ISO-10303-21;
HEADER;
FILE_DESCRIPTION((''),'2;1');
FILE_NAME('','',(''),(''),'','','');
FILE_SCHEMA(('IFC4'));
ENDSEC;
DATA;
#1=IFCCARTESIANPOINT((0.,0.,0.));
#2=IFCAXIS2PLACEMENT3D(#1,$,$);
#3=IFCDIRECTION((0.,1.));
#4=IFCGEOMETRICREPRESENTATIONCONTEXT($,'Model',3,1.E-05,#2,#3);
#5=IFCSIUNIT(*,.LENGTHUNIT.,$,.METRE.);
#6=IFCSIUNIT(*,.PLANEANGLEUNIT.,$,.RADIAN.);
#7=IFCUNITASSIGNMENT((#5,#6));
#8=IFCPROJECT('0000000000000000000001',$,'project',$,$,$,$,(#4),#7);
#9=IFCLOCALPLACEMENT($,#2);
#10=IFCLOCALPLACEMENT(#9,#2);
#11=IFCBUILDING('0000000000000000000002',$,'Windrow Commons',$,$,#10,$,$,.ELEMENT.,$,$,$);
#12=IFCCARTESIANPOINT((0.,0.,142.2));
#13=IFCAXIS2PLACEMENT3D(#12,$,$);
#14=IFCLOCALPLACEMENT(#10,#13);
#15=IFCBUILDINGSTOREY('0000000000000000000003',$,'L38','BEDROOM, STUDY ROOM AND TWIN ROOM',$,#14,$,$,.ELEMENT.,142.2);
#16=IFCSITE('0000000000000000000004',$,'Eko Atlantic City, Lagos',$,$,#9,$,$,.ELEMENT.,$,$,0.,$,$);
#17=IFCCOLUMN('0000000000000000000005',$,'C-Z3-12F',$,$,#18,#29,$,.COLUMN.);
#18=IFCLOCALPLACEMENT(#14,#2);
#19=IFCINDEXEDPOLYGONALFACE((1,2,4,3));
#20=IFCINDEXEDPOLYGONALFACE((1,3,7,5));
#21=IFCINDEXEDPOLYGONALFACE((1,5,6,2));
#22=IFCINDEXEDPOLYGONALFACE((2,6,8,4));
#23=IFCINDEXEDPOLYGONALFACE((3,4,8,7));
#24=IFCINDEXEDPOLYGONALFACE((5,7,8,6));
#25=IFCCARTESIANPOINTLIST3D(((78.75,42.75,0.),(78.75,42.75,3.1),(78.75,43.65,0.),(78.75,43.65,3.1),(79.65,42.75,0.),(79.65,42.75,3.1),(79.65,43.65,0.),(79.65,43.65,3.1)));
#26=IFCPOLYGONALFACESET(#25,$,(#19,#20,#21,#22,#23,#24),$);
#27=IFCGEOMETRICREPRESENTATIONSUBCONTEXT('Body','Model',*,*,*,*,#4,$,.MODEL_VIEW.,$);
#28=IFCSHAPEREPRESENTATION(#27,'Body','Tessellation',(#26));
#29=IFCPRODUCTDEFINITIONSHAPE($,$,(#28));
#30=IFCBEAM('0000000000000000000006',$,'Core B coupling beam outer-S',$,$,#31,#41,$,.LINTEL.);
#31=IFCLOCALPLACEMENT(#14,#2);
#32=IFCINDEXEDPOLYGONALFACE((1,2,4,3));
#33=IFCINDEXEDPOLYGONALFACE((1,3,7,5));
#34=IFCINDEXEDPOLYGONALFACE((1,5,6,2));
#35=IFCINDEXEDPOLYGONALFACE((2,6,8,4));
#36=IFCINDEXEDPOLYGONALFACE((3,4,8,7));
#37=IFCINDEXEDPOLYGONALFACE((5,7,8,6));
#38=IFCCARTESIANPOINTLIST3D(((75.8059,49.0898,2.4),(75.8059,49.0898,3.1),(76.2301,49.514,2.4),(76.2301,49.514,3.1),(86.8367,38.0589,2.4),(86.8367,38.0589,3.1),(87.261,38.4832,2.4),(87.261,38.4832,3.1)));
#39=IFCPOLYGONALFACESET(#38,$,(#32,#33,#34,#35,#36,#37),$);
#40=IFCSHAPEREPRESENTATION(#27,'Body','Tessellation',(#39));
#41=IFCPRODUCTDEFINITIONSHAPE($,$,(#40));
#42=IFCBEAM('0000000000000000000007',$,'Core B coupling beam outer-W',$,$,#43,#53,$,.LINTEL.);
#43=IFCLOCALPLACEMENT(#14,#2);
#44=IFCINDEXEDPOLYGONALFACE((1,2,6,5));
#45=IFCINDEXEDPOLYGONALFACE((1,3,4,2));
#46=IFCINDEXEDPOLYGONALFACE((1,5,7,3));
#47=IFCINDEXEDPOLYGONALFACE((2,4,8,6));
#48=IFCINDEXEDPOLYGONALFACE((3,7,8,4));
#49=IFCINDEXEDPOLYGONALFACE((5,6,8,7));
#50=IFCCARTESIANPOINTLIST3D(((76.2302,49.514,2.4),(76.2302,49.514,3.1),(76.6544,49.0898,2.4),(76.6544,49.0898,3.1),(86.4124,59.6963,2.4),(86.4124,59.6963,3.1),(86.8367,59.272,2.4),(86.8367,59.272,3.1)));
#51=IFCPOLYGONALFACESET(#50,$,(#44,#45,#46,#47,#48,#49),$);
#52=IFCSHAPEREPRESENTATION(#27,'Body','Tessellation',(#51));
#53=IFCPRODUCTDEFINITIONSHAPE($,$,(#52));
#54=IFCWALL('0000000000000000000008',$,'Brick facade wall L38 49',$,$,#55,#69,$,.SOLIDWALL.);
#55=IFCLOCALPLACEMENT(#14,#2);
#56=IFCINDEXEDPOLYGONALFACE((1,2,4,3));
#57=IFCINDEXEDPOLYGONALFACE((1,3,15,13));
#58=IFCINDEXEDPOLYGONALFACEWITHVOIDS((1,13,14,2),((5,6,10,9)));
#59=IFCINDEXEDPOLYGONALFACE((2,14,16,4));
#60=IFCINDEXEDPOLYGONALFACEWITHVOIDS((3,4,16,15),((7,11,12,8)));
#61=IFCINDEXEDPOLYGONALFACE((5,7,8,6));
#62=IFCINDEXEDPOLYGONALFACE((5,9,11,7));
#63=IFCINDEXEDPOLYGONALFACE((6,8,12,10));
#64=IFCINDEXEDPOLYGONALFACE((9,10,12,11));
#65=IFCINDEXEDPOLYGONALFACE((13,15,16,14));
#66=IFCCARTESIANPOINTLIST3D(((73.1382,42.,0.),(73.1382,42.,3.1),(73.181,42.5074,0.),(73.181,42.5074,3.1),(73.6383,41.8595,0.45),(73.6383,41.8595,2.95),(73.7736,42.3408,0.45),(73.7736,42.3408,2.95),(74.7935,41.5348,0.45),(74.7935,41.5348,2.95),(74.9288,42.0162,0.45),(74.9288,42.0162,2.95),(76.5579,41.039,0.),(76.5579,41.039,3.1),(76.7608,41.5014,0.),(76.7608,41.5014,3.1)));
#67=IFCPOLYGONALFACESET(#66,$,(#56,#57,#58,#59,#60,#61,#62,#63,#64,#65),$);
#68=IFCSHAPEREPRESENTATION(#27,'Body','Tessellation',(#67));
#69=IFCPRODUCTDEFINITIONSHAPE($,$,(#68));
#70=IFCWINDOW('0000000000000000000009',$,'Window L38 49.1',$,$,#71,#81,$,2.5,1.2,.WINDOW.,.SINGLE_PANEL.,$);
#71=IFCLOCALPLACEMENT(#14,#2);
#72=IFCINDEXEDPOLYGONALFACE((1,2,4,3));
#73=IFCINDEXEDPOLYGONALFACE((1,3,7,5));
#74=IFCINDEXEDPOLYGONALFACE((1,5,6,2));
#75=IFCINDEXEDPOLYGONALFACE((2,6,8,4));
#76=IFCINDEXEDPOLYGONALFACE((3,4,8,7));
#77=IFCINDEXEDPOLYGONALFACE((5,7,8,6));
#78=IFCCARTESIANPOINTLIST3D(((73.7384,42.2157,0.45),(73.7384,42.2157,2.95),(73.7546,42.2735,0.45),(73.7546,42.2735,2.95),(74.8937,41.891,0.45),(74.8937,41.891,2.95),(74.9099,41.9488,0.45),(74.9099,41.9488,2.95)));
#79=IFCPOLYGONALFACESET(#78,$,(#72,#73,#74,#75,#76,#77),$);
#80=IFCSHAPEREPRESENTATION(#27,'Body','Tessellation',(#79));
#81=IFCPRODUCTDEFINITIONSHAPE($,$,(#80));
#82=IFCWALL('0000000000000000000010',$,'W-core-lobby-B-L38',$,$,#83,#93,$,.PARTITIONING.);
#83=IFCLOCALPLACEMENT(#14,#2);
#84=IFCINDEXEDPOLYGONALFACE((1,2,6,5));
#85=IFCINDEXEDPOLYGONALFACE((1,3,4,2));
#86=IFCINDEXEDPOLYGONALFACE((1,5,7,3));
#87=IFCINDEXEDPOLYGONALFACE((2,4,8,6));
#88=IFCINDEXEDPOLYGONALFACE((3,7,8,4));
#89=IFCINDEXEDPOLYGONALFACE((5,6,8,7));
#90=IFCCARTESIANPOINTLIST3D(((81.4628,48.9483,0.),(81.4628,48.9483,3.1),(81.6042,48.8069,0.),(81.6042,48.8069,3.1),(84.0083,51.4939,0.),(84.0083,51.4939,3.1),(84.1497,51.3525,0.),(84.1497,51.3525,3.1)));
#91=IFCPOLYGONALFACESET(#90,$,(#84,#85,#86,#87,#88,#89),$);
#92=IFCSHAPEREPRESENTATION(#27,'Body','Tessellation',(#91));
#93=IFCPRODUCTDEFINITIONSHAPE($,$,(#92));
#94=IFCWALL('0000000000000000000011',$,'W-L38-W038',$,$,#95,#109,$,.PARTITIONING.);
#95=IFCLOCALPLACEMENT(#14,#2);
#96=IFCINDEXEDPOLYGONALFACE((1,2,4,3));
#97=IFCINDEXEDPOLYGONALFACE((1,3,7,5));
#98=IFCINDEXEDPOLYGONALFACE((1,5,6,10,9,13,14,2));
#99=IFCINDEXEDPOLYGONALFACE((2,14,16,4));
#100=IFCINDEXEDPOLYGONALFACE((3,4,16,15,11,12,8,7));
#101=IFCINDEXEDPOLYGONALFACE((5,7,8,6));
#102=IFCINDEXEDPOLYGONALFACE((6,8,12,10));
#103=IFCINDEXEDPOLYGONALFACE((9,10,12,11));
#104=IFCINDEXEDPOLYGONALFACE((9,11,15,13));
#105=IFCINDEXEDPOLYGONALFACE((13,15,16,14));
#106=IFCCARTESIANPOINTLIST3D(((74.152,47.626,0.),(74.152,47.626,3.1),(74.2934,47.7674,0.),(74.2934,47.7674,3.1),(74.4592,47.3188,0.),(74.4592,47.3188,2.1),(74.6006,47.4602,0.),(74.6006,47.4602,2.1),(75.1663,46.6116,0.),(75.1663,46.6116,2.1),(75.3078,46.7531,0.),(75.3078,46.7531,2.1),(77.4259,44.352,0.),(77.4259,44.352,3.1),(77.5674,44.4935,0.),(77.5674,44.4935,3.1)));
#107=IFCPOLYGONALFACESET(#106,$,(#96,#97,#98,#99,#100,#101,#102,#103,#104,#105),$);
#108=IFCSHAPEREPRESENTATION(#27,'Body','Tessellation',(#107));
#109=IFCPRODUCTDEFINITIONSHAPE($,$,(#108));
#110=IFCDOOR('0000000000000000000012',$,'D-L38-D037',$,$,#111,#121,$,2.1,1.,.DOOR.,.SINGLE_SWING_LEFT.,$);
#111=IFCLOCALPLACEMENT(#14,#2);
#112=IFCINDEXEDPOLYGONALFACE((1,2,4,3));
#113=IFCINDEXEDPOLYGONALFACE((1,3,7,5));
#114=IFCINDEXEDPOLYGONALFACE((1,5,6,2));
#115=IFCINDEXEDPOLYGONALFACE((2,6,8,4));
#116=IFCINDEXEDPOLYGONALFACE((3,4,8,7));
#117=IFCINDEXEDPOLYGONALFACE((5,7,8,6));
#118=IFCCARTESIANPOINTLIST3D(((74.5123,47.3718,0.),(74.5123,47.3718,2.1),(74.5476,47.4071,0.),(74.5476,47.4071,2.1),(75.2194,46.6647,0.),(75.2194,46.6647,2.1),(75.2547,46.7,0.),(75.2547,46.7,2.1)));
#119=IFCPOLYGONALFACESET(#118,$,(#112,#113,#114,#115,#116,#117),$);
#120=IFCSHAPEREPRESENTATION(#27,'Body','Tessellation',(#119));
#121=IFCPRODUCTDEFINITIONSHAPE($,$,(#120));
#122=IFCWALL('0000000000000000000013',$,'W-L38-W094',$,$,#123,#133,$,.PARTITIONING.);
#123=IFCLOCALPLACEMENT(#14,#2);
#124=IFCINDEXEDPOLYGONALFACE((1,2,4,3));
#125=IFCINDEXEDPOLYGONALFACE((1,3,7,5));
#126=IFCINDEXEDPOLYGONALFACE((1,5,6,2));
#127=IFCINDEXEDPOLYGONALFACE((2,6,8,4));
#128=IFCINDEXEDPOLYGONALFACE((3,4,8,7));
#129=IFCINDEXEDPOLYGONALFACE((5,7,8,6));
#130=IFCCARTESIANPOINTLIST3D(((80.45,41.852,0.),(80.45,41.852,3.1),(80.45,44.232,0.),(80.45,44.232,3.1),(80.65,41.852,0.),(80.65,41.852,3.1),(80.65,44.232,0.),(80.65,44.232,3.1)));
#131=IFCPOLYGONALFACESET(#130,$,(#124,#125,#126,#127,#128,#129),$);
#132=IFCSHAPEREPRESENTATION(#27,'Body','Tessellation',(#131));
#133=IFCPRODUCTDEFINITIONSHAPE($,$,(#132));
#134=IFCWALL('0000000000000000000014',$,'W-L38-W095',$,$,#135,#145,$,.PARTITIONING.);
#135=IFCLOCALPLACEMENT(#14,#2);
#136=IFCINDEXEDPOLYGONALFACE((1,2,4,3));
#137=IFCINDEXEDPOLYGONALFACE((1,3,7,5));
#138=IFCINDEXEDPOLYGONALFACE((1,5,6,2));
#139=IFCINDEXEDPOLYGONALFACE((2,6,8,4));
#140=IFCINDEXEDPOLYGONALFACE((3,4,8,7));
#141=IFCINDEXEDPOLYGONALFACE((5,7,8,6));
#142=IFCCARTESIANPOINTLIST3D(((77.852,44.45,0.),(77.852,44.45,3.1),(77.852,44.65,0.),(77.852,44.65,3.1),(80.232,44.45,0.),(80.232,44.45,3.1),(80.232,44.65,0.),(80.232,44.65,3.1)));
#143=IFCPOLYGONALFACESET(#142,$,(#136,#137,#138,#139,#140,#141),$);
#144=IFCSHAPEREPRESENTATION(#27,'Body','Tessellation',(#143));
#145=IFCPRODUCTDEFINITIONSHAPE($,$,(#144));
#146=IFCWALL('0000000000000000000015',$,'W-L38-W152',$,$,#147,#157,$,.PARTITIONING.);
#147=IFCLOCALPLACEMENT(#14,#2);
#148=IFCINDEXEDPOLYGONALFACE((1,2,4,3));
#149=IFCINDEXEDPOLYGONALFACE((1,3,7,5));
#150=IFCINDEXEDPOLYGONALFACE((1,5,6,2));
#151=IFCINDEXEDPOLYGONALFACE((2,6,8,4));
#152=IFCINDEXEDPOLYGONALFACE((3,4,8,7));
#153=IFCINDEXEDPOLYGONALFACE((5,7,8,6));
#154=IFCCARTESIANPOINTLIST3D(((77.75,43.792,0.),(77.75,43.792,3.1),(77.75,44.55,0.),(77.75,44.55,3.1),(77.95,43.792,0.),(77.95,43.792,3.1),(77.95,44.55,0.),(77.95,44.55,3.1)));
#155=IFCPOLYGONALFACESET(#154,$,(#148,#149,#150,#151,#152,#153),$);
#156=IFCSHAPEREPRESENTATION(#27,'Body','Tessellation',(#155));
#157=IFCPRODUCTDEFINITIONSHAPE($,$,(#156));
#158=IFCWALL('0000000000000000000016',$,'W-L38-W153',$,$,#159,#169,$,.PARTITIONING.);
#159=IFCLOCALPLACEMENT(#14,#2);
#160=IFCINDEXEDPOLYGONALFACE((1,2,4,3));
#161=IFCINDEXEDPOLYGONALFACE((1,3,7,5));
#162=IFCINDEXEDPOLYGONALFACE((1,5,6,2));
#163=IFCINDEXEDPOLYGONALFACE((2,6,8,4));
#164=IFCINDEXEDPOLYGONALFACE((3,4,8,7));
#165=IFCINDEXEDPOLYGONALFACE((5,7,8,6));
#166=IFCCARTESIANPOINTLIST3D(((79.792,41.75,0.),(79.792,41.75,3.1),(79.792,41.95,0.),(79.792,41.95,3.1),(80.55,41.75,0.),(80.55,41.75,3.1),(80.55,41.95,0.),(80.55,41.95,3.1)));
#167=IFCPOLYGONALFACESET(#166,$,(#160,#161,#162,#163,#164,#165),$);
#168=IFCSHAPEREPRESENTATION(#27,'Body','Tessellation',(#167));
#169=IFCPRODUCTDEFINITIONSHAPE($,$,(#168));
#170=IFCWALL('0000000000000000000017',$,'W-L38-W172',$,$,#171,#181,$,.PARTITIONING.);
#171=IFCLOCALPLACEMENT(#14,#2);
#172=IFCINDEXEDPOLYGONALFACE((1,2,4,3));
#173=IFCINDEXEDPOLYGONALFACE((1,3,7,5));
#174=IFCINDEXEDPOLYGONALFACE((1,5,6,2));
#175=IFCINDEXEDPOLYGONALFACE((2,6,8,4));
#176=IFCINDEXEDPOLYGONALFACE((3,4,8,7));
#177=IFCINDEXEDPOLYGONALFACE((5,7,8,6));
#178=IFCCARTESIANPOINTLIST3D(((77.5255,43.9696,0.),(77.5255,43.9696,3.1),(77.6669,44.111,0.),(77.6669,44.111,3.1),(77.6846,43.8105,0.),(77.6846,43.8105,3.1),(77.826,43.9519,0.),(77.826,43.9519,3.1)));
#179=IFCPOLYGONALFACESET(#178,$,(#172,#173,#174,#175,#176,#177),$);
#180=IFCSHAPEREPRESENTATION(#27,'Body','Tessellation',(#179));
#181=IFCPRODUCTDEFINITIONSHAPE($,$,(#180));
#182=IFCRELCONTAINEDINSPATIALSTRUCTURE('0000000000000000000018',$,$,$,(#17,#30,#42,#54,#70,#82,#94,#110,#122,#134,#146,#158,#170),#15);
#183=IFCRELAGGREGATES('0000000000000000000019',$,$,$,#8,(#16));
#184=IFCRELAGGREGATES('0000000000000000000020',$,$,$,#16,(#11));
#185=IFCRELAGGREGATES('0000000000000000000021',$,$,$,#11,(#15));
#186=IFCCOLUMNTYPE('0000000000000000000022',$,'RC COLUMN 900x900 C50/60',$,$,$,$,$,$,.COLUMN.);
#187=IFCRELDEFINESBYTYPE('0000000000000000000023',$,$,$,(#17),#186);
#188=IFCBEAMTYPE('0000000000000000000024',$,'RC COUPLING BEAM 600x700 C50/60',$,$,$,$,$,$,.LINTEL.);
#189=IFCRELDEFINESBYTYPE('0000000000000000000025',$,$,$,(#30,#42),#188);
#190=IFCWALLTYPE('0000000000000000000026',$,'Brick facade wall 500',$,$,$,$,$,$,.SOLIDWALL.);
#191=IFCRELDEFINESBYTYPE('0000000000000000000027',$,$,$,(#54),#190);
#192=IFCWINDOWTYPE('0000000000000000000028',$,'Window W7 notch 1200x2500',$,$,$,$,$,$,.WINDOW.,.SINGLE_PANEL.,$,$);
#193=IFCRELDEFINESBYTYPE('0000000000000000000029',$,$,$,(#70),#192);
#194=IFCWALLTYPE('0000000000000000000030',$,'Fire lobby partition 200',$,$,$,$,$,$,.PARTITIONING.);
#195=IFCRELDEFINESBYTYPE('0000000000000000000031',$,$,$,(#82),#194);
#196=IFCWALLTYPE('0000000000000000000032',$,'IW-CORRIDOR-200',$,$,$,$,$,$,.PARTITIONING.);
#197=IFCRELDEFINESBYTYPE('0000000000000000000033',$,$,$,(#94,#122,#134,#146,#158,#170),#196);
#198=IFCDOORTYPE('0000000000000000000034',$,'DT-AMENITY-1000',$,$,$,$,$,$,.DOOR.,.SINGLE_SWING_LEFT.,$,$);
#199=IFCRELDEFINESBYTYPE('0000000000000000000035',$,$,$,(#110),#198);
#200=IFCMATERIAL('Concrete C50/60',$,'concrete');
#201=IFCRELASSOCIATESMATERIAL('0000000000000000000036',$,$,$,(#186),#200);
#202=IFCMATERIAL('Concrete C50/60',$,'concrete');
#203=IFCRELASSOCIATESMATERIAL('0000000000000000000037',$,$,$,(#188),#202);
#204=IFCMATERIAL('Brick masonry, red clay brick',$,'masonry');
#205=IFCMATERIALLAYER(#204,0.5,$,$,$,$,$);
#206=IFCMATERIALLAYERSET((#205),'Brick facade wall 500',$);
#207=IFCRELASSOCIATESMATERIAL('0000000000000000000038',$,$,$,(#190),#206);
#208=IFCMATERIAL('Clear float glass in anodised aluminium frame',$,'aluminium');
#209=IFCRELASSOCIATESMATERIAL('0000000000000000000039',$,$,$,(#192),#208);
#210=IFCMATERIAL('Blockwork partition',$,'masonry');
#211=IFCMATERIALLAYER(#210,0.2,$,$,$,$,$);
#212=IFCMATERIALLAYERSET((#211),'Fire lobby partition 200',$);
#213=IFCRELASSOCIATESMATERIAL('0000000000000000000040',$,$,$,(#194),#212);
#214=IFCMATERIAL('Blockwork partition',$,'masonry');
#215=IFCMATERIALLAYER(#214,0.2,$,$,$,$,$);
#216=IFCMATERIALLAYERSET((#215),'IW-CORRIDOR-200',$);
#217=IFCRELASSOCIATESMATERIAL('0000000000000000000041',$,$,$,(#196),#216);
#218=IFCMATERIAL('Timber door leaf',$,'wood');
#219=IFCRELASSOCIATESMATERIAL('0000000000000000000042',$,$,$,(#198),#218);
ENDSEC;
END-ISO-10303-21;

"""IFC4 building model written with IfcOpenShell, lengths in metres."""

from ifc_helpers import new_model, si_unit, direction, frame, frame_2d, origin, origin_2d, place, context, subcontext, project, spatial, polyline, rectangle, outline, extrude, material, layer, layer_set, material_profile, profile_set, type_object, element, fill, save


model = new_model("IFC4")

# Units and contexts
model_context = context("Model", 3, precision=1e-05, world=origin(), true_north=direction((0.0, 1.0)))
body_context = subcontext(model_context, "Body", "Model", "MODEL_VIEW")
ifc_project = project(units=[si_unit("LENGTHUNIT", "METRE"), si_unit("PLANEANGLEUNIT", "RADIAN")], contexts=[model_context])

# Site, building, storey
site_placement = place(None, origin())
site = spatial("IfcSite", under=ifc_project, at=site_placement, Name="Eko Atlantic City, Lagos", CompositionType="ELEMENT", RefElevation=0.0)
building_placement = place(site_placement, origin())
building = spatial("IfcBuilding", under=site, at=building_placement, Name="Windrow Commons", CompositionType="ELEMENT")
storey_placement = place(building_placement, frame((0.0, 0.0, 142.2)))
storey = spatial("IfcBuildingStorey", under=building, at=storey_placement, Name="L38", Description="BEDROOM, STUDY ROOM AND TWIN ROOM", CompositionType="ELEMENT", Elevation=142.2)

# Column
ifc_material_1 = material(Name="Concrete C50/60", Category="concrete")
ifc_material_profile_1 = material_profile(ifc_material_1, rectangle(XDim=0.9, YDim=0.9, at=origin_2d()))
ifc_profile_set_1 = profile_set([ifc_material_profile_1], Name="Concrete C50/60")
column_type = type_object("IfcColumnType", Name="RC COLUMN 900x900 C50/60", PredefinedType="COLUMN", material=ifc_profile_set_1)
column_placement = place(storey_placement, frame((79.2, 43.2, 0.0), z_axis=(0.0, 0.0, 1.0), x_axis=(1.0, 0.0, 0.0)))
element("IfcColumn", 1, at=column_placement, inside=storey, type_object=column_type, Name="C-Z3-12F", PredefinedType="COLUMN", context=body_context, shape_type="SweptSolid", body=[
    extrude(rectangle(XDim=0.9, YDim=0.9, at=origin_2d()), origin(), (0.0, 0.0, 1.0), 3.1),
])

# Beams
ifc_material_2 = material(Name="Concrete C50/60", Category="concrete")
ifc_material_profile_2 = material_profile(ifc_material_2, rectangle(XDim=0.6, YDim=0.7, at=origin_2d()))
ifc_profile_set_2 = profile_set([ifc_material_profile_2], Name="Concrete C50/60")
beam_type = type_object("IfcBeamType", Name="RC COUPLING BEAM 600x700 C50/60", PredefinedType="LINTEL", material=ifc_profile_set_2)
beam_1_placement = place(storey_placement, frame((76.018, 49.3019, 2.75), z_axis=(0.707107, -0.707107, 0.0), x_axis=(0.707107, 0.707107, 0.0)))
element("IfcBeam", 2, at=beam_1_placement, inside=storey, type_object=beam_type, Name="Core B coupling beam outer-S", PredefinedType="LINTEL", context=body_context, shape_type="SweptSolid", body=[
    extrude(rectangle(XDim=0.6, YDim=0.7, at=origin_2d()), origin(), (0.0, 0.0, 1.0), 15.6),
])
beam_2_placement = place(storey_placement, frame((76.4423, 49.3019, 2.75), z_axis=(0.707107, 0.707107, 0.0), x_axis=(-0.707107, 0.707107, 0.0)))
element("IfcBeam", 3, at=beam_2_placement, inside=storey, type_object=beam_type, Name="Core B coupling beam outer-W", PredefinedType="LINTEL", context=body_context, shape_type="SweptSolid", body=[
    extrude(rectangle(XDim=0.6, YDim=0.7, at=origin_2d()), origin(), (0.0, 0.0, 1.0), 14.3999),
])

# Wall, opening, window
ifc_material_3 = material(Name="Brick masonry, red clay brick", Category="masonry")
ifc_layer_1 = layer(ifc_material_3, 0.5)
ifc_layer_set_1 = layer_set([ifc_layer_1], Name="Brick facade wall 500")
wall_type_1 = type_object("IfcWallType", Name="Brick facade wall 500", PredefinedType="SOLIDWALL", material=ifc_layer_set_1)
wall_1_placement = place(storey_placement, frame((73.1596, 42.2537, 0.0), z_axis=(0.0, 0.0, 1.0), x_axis=(0.962708, -0.270544, 0.0)))
wall_1 = element("IfcWall", 4, at=wall_1_placement, inside=storey, type_object=wall_type_1, Name="Brick facade wall L38 49", PredefinedType="SOLIDWALL", context=body_context, shape_type="SweptSolid", body=[
    extrude(outline(polyline([(0.048, -0.25), (3.6002, -0.25), (3.6704, 0.25), (-0.048, 0.25), (0.048, -0.25)])), origin(), (0.0, 0.0, 1.0), 3.1),
])
opening_1_placement = place(wall_1_placement, frame((0.5675, 0.0, 0.45)))
opening_1 = element("IfcOpeningElement", 5, at=opening_1_placement, cuts=wall_1, PredefinedType="OPENING", context=body_context, shape_type="SweptSolid", body=[
    extrude(rectangle(XDim=1.2, YDim=2.5, at=frame_2d((0.6, 1.25))), frame((0.0, 0.26, 0.0), z_axis=(0.0, -1.0, 0.0), x_axis=(1.0, 0.0, 0.0)), (0.0, 0.0, 1.0), 0.52),
])
ifc_material_4 = material(Name="Clear float glass in anodised aluminium frame", Category="aluminium")
window_type = type_object("IfcWindowType", Name="Window W7 notch 1200x2500", PartitioningType="SINGLE_PANEL", PredefinedType="WINDOW", material=ifc_material_4)
window_placement = place(opening_1_placement, origin())
window = element("IfcWindow", 6, at=window_placement, inside=storey, type_object=window_type, Name="Window L38 49.1", OverallHeight=2.5, OverallWidth=1.2, PartitioningType="SINGLE_PANEL", PredefinedType="WINDOW", context=body_context, shape_type="SweptSolid", body=[
    extrude(rectangle(XDim=1.2, YDim=2.5, at=frame_2d((0.6, 1.25))), frame((0.0, 0.18, 0.0), z_axis=(0.0, -1.0, 0.0), x_axis=(1.0, 0.0, 0.0)), (0.0, 0.0, 1.0), 0.06),
])
fill(opening_1, window)

# Wall
ifc_material_5 = material(Name="Blockwork partition", Category="masonry")
ifc_layer_2 = layer(ifc_material_5, 0.2)
ifc_layer_set_2 = layer_set([ifc_layer_2], Name="Fire lobby partition 200")
wall_type_2 = type_object("IfcWallType", Name="Fire lobby partition 200", PredefinedType="PARTITIONING", material=ifc_layer_set_2)
wall_2_placement = place(storey_placement, frame((81.5335, 48.8776, 0.0), z_axis=(0.0, 0.0, 1.0), x_axis=(0.707093, 0.707121, 0.0)))
element("IfcWall", 7, at=wall_2_placement, inside=storey, type_object=wall_type_2, Name="W-core-lobby-B-L38", PredefinedType="PARTITIONING", context=body_context, shape_type="SweptSolid", body=[
    extrude(rectangle(XDim=3.6, YDim=0.2, at=frame_2d((1.8, 0.0))), origin(), (0.0, 0.0, 1.0), 3.1),
])

# Wall, opening, door
ifc_material_6 = material(Name="Blockwork partition", Category="masonry")
ifc_layer_3 = layer(ifc_material_6, 0.2)
ifc_layer_set_3 = layer_set([ifc_layer_3], Name="IW-CORRIDOR-200")
wall_type_3 = type_object("IfcWallType", Name="IW-CORRIDOR-200", PredefinedType="PARTITIONING", material=ifc_layer_set_3)
wall_3_placement = place(storey_placement, frame((74.2227, 47.6967, 0.0), z_axis=(0.0, 0.0, 1.0), x_axis=(0.707107, -0.707107, 0.0)))
wall_3 = element("IfcWall", 8, at=wall_3_placement, inside=storey, type_object=wall_type_3, Name="W-L38-W038", PredefinedType="PARTITIONING", context=body_context, shape_type="SweptSolid", body=[
    extrude(rectangle(XDim=4.6301, YDim=0.2, at=frame_2d((2.315, 0.0))), origin(), (0.0, 0.0, 1.0), 3.1),
])
opening_2_placement = place(wall_3_placement, frame((0.4345, 0.0, 0.0)))
opening_2 = element("IfcOpeningElement", 9, at=opening_2_placement, cuts=wall_3, PredefinedType="OPENING", context=body_context, shape_type="SweptSolid", body=[
    extrude(rectangle(XDim=1.0, YDim=2.1, at=frame_2d((0.5, 1.05))), frame((0.0, 0.11, 0.0), z_axis=(0.0, -1.0, 0.0), x_axis=(1.0, 0.0, 0.0)), (0.0, 0.0, 1.0), 0.22),
])
ifc_material_7 = material(Name="Timber door leaf", Category="wood")
door_type_1 = type_object("IfcDoorType", Name="DT-AMENITY-1000", OperationType="SINGLE_SWING_LEFT", PredefinedType="DOOR", material=ifc_material_7)
door_1_placement = place(opening_2_placement, origin())
door_1 = element("IfcDoor", 10, at=door_1_placement, inside=storey, type_object=door_type_1, Name="D-L38-D037", OperationType="SINGLE_SWING_LEFT", OverallHeight=2.1, OverallWidth=1.0, PredefinedType="DOOR", context=body_context, shape_type="SweptSolid", body=[
    extrude(rectangle(XDim=1.0, YDim=2.1, at=frame_2d((0.5, 1.05))), frame((0.0, 0.025, 0.0), z_axis=(0.0, -1.0, 0.0), x_axis=(1.0, 0.0, 0.0)), (0.0, 0.0, 1.0), 0.05),
])
fill(opening_2, door_1)

# Walls
for number, where, z_axis, x_axis, name in (
    (11, (80.55, 41.852, 0.0), (0.0, 0.0, 1.0), (0.0, 1.0, 0.0), "W-L38-W094"),
    (12, (77.852, 44.55, 0.0), (0.0, 0.0, 1.0), (1.0, 0.0, 0.0), "W-L38-W095"),
):
    element("IfcWall", number, at=place(storey_placement, frame(where, z_axis=z_axis, x_axis=x_axis)), inside=storey, type_object=wall_type_3, Name=name, PredefinedType="PARTITIONING", context=body_context, shape_type="SweptSolid", body=[
        extrude(rectangle(XDim=2.38, YDim=0.2, at=frame_2d((1.19, 0.0))), origin(), (0.0, 0.0, 1.0), 3.1),
    ])
for number, where, z_axis, x_axis, name in (
    (13, (77.85, 43.792, 0.0), (0.0, 0.0, 1.0), (0.0, 1.0, 0.0), "W-L38-W152"),
    (14, (79.792, 41.85, 0.0), (0.0, 0.0, 1.0), (1.0, 0.0, 0.0), "W-L38-W153"),
):
    element("IfcWall", number, at=place(storey_placement, frame(where, z_axis=z_axis, x_axis=x_axis)), inside=storey, type_object=wall_type_3, Name=name, PredefinedType="PARTITIONING", context=body_context, shape_type="SweptSolid", body=[
        extrude(rectangle(XDim=0.758, YDim=0.2, at=frame_2d((0.379, 0.0))), origin(), (0.0, 0.0, 1.0), 3.1),
    ])
wall_4_placement = place(storey_placement, frame((77.5962, 44.0403, 0.0), z_axis=(0.0, 0.0, 1.0), x_axis=(0.707107, -0.707107, 0.0)))
element("IfcWall", 15, at=wall_4_placement, inside=storey, type_object=wall_type_3, Name="W-L38-W172", PredefinedType="PARTITIONING", context=body_context, shape_type="SweptSolid", body=[
    extrude(rectangle(XDim=0.225, YDim=0.2, at=frame_2d((0.1125, 0.0))), origin(), (0.0, 0.0, 1.0), 3.1),
])

save(model, "model.ifc")
